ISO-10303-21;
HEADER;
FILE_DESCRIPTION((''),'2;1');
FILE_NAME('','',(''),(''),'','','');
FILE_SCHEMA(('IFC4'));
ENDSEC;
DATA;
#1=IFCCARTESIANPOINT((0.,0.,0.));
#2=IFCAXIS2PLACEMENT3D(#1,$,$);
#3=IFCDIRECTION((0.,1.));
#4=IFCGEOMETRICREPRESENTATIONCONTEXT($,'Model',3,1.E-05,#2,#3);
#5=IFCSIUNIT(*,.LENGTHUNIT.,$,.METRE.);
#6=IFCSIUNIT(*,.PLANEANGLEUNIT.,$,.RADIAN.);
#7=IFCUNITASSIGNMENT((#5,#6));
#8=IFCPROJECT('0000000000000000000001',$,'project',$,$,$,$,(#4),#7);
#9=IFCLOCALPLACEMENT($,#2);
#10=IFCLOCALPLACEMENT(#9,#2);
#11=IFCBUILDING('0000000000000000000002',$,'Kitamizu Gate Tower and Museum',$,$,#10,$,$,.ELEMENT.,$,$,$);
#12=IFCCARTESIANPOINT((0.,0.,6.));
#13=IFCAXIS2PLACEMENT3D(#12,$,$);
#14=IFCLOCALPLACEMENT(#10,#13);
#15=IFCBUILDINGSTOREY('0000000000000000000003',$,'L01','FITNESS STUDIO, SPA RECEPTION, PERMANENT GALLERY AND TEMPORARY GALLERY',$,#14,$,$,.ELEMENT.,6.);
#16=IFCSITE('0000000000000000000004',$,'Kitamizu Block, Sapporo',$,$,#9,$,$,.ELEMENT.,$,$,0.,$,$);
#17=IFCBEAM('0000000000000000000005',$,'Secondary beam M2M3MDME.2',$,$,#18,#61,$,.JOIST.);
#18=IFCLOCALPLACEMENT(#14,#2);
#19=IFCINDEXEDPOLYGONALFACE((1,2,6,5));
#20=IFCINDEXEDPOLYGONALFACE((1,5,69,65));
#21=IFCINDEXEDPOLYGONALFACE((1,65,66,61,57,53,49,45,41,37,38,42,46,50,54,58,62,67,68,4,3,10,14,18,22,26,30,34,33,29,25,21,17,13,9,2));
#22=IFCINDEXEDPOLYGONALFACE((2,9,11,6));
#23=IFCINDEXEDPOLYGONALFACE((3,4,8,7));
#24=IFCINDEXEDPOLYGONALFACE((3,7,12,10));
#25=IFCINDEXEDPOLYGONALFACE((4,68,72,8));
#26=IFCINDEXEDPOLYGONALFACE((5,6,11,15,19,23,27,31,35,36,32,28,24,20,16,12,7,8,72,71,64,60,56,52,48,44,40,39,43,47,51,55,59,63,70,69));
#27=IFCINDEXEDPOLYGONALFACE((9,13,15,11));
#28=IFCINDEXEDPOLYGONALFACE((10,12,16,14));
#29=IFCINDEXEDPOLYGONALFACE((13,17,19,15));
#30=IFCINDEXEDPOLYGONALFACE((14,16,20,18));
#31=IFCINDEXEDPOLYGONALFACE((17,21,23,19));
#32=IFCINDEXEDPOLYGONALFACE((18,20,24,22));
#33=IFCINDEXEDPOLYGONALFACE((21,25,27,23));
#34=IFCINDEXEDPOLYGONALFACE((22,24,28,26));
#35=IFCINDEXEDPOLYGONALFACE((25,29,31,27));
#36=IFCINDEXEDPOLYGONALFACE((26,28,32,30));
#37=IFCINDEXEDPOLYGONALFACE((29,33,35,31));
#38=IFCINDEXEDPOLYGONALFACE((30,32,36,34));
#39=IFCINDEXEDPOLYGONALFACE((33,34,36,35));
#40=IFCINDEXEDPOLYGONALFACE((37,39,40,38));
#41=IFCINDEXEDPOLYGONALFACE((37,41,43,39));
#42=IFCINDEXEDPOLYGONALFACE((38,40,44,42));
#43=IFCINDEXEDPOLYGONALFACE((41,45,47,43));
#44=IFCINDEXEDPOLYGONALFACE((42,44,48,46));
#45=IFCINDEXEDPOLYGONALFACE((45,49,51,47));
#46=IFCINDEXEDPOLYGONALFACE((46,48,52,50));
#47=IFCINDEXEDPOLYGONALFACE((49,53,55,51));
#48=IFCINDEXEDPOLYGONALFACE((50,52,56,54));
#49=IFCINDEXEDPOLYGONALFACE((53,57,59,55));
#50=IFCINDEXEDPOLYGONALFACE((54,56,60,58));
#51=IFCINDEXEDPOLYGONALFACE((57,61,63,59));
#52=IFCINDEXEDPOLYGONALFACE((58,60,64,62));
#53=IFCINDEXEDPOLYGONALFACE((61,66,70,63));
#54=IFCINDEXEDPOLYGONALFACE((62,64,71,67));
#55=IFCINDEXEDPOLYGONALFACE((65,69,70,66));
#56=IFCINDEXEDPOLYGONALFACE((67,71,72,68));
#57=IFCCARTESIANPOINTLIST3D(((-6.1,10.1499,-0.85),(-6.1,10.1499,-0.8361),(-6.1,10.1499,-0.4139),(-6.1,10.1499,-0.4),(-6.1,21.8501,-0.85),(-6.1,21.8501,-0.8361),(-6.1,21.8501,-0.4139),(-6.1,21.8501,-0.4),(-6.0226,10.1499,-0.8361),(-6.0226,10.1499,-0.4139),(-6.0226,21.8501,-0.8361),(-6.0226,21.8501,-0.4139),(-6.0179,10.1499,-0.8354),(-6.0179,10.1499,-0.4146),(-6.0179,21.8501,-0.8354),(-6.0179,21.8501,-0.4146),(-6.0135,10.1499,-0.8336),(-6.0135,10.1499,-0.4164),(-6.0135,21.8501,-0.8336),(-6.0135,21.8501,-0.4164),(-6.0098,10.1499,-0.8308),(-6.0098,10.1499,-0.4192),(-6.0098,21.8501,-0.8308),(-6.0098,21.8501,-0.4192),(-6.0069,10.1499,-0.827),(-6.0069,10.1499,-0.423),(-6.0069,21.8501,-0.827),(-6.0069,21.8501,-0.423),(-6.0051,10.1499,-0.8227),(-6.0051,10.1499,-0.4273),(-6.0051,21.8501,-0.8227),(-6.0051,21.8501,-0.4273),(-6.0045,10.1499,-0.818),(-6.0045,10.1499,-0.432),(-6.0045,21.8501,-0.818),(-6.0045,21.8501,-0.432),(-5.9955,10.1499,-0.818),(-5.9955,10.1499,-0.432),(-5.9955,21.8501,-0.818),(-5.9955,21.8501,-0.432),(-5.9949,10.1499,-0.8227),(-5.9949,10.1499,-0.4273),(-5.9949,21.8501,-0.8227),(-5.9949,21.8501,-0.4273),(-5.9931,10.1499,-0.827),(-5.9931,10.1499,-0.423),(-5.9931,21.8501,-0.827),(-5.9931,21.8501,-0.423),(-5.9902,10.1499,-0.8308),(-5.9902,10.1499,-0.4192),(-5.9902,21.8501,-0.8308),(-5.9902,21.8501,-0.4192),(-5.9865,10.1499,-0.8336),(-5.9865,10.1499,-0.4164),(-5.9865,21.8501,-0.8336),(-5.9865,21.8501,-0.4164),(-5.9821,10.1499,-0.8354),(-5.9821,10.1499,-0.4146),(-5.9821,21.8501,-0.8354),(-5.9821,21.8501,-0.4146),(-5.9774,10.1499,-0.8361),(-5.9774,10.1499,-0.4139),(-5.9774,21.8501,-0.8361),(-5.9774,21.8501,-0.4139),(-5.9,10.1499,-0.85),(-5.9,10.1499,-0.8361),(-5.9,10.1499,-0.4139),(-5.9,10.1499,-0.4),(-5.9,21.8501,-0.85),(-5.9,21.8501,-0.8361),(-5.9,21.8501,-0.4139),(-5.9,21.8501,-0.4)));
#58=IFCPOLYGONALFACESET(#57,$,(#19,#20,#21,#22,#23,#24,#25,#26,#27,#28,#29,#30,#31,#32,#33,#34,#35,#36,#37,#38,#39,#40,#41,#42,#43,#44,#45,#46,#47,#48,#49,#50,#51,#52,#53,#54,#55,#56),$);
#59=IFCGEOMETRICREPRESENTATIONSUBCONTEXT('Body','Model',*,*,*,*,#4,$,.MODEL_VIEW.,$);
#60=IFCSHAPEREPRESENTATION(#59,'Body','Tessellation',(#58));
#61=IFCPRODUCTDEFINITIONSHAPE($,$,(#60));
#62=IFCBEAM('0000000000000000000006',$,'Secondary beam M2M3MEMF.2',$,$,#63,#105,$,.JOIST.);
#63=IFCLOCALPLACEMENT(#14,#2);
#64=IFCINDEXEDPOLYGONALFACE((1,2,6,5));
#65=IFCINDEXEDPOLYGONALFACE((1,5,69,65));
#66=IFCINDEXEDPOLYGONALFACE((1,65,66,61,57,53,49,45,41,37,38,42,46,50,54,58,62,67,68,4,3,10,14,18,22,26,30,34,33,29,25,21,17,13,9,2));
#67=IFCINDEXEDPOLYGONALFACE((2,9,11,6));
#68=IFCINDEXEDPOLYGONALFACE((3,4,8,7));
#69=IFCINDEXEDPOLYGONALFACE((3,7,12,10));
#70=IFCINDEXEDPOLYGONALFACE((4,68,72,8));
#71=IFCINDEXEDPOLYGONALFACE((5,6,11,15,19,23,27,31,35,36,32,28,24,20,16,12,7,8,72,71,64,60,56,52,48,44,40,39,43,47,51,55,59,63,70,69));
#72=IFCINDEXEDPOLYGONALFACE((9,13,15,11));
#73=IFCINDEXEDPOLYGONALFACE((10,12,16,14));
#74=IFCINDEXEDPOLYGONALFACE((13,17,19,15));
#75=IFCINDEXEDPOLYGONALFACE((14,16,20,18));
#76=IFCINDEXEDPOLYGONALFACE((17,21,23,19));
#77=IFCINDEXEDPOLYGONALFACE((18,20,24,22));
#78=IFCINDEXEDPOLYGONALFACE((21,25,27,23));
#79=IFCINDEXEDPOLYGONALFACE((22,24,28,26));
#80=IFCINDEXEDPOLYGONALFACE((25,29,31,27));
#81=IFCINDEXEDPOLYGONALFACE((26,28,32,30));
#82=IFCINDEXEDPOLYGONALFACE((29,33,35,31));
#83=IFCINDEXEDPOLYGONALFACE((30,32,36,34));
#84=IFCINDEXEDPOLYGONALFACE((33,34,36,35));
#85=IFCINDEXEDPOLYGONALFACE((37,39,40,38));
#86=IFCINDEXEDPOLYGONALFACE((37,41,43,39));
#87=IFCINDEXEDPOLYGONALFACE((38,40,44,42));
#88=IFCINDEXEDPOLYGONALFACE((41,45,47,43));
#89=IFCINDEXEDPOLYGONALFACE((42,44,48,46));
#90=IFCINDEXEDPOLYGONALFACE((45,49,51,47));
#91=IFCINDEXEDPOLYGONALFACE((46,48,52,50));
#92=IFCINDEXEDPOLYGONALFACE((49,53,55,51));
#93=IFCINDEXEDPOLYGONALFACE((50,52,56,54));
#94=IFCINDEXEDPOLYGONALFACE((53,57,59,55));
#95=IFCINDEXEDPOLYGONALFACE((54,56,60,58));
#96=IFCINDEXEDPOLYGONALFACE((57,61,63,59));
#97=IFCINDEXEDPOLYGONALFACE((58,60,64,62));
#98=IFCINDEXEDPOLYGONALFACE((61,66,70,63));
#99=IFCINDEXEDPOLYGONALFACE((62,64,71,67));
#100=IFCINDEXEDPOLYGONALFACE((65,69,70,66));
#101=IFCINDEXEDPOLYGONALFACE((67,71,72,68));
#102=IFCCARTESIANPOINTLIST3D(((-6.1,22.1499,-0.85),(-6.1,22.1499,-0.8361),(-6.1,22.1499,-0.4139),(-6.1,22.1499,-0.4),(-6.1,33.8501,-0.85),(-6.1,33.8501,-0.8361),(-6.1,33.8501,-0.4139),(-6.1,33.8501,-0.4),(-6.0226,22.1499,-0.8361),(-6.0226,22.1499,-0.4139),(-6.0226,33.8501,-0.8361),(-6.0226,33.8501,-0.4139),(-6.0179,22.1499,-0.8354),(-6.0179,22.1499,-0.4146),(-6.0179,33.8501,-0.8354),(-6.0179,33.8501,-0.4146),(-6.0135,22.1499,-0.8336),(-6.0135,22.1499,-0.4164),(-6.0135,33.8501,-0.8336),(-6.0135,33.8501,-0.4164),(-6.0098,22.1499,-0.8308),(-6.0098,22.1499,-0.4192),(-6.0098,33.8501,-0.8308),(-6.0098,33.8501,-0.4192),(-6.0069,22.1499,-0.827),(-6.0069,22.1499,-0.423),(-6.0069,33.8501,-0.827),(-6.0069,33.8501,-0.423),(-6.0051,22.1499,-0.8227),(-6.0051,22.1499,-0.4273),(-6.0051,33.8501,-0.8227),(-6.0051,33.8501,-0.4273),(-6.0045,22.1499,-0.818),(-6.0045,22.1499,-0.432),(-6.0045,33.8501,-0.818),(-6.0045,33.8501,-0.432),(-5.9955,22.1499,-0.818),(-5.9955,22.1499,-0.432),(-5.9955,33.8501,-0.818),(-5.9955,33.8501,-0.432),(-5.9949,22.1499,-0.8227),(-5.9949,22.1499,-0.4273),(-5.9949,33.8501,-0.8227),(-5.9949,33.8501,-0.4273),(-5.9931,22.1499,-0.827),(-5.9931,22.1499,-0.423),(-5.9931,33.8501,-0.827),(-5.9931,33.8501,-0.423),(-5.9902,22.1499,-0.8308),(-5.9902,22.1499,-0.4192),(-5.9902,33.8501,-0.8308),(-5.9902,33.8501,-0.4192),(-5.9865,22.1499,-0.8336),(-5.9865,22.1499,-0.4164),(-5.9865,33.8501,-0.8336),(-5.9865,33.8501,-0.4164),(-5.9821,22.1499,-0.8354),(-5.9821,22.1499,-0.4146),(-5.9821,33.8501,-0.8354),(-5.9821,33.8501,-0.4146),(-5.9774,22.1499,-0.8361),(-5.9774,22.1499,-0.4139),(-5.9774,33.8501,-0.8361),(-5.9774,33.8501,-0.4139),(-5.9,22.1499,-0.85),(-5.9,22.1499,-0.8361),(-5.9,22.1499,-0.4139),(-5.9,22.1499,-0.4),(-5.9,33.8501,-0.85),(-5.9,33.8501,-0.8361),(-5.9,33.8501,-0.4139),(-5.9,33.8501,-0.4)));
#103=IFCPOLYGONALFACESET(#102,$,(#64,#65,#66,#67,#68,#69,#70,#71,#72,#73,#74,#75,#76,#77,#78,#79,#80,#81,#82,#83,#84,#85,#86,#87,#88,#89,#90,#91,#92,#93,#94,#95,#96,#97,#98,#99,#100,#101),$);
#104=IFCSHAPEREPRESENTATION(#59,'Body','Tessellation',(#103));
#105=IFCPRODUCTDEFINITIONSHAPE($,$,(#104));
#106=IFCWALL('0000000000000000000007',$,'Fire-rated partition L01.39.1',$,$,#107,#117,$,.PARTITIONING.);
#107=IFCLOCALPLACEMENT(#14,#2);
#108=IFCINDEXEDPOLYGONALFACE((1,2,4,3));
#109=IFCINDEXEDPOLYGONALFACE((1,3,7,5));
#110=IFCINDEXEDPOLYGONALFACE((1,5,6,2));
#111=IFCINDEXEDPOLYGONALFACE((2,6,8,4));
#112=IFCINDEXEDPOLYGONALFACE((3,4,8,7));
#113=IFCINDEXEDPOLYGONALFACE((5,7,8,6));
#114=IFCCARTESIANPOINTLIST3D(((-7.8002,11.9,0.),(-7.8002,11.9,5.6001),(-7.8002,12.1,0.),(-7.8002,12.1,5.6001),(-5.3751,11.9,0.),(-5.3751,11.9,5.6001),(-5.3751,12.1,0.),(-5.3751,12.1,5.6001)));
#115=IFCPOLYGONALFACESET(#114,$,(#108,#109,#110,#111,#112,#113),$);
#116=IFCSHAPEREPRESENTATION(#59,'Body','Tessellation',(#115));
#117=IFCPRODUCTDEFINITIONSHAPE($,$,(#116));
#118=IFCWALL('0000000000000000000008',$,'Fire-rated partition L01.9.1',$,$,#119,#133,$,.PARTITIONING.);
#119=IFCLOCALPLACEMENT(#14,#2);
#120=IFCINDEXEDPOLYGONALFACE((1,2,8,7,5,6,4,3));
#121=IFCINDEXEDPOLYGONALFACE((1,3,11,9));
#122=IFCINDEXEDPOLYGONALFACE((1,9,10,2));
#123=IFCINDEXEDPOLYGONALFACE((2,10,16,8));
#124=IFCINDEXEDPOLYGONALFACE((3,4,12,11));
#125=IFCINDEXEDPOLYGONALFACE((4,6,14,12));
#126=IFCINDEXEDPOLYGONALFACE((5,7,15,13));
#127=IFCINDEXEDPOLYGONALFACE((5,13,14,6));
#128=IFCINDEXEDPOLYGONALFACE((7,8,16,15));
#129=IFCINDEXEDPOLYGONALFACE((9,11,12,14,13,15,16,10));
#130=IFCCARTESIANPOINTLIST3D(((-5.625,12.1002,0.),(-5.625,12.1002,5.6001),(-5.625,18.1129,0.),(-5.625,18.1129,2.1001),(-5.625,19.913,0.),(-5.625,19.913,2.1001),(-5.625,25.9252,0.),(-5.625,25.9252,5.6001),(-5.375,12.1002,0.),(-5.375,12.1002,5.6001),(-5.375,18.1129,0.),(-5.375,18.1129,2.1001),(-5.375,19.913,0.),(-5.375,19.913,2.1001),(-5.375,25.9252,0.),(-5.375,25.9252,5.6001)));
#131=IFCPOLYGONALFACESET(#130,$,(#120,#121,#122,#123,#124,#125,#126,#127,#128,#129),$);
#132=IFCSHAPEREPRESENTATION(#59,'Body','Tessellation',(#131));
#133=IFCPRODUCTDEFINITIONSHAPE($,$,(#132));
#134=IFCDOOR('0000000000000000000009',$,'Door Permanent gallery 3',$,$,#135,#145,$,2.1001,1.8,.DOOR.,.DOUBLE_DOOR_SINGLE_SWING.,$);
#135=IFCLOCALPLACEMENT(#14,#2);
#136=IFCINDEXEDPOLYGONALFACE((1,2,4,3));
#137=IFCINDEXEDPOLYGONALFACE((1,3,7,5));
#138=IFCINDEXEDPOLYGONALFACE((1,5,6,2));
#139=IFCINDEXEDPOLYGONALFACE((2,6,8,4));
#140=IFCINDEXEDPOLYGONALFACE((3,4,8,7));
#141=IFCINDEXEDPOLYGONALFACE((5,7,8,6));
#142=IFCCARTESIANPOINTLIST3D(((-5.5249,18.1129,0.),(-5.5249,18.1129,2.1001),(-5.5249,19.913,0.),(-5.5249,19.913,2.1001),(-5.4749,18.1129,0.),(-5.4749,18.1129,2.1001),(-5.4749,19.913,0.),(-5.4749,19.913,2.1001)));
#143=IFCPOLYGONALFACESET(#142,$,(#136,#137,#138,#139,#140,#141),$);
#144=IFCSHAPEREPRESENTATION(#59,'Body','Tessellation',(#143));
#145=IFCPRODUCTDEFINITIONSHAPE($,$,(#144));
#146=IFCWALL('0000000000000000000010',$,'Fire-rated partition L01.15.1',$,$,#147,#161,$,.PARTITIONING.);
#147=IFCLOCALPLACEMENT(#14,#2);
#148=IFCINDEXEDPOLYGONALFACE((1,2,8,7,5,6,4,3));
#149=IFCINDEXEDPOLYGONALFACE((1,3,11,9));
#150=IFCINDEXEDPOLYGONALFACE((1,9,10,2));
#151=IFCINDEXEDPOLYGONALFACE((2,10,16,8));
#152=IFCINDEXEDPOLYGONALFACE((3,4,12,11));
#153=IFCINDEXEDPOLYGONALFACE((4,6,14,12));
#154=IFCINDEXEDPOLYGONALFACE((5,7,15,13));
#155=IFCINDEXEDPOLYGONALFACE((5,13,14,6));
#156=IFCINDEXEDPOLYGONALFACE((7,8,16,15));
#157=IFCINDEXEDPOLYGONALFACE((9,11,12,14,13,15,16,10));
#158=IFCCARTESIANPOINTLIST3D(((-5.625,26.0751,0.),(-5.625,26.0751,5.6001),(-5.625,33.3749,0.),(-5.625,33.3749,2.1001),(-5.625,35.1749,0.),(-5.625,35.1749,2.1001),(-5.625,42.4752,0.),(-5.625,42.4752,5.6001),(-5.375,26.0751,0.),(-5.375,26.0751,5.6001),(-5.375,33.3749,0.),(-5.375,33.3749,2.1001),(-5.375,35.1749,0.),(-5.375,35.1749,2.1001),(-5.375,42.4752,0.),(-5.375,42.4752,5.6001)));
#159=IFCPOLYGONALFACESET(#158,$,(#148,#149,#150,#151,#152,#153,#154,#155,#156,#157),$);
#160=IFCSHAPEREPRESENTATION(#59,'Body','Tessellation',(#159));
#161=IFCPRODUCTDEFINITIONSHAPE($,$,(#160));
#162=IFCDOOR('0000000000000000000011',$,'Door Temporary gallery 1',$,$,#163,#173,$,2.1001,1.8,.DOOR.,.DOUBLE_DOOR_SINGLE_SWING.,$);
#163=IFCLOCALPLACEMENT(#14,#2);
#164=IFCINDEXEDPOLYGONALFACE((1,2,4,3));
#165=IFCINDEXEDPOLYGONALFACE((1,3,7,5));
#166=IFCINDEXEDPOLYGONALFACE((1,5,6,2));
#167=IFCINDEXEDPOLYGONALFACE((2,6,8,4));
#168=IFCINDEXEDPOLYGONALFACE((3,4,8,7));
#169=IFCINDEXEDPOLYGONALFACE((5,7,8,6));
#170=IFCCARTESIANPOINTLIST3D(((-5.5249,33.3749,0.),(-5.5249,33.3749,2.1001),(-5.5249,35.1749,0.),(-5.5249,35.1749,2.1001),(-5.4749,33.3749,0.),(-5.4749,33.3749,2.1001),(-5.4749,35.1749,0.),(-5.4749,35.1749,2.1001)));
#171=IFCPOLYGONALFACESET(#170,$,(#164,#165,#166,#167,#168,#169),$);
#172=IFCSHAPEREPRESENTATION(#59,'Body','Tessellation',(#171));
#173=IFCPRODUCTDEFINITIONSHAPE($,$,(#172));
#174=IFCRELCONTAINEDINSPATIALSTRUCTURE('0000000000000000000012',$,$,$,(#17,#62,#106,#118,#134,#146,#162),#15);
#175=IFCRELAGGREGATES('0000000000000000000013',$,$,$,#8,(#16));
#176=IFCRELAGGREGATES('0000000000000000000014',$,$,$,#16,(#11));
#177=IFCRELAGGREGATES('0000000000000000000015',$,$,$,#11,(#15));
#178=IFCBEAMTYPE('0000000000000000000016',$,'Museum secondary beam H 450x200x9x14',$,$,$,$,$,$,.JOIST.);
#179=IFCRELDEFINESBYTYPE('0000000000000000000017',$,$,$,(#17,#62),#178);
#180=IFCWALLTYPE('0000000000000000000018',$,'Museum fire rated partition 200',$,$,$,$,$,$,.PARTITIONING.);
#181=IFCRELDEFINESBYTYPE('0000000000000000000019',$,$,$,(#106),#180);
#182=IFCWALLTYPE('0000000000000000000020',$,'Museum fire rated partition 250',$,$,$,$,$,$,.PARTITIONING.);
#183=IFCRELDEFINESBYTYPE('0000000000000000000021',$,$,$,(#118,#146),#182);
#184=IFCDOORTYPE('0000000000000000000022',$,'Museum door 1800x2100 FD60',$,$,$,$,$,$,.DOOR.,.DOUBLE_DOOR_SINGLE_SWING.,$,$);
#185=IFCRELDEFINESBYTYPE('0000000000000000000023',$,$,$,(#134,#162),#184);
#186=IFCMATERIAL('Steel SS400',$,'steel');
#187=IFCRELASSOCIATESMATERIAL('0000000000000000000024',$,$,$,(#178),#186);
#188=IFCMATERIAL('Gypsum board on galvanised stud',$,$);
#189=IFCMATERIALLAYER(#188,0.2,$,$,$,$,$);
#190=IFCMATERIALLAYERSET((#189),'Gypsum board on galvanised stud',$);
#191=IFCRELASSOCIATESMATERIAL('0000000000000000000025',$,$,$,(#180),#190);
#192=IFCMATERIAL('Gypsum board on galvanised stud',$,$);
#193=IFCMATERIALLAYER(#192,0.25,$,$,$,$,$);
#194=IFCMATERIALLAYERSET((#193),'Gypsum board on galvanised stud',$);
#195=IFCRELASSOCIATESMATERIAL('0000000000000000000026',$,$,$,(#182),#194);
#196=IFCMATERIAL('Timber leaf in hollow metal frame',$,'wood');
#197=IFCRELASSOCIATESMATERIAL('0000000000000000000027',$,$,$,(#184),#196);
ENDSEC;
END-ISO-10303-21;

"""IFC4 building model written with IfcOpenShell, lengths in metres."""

from ifc_helpers import new_model, si_unit, direction, frame, frame_2d, origin, origin_2d, place, context, subcontext, project, spatial, rectangle, i_section, extrude, material, layer, layer_set, material_profile, profile_set, type_object, element, fill, save


model = new_model("IFC4")

# Units and contexts
model_context = context("Model", 3, precision=1e-05, world=origin(), true_north=direction((0.0, 1.0)))
body_context = subcontext(model_context, "Body", "Model", "MODEL_VIEW")
ifc_project = project(units=[si_unit("LENGTHUNIT", "METRE"), si_unit("PLANEANGLEUNIT", "RADIAN")], contexts=[model_context])

# Site, building, storey
site_placement = place(None, origin())
site = spatial("IfcSite", under=ifc_project, at=site_placement, Name="Kitamizu Block, Sapporo", CompositionType="ELEMENT", RefElevation=0.0)
building_placement = place(site_placement, origin())
building = spatial("IfcBuilding", under=site, at=building_placement, Name="Kitamizu Gate Tower and Museum", CompositionType="ELEMENT")
storey_placement = place(building_placement, frame((0.0, 0.0, 6.0)))
storey = spatial("IfcBuildingStorey", under=building, at=storey_placement, Name="L01", Description="FITNESS STUDIO, SPA RECEPTION, PERMANENT GALLERY AND TEMPORARY GALLERY", CompositionType="ELEMENT", Elevation=6.0)

# Beams
ifc_material_1 = material(Name="Steel SS400", Category="steel")
ifc_material_profile_1 = material_profile(ifc_material_1, i_section(OverallWidth=0.2, OverallDepth=0.45, WebThickness=0.009, FlangeThickness=0.0139, FilletRadius=0.0181, at=origin_2d()), Name="H-450x200x9x14")
ifc_profile_set_1 = profile_set([ifc_material_profile_1], Name="Steel SS400")
beam_type_1 = type_object("IfcBeamType", Name="Museum secondary beam H 450x200x9x14", PredefinedType="JOIST", material=ifc_profile_set_1)
for number, where, z_axis, x_axis, name in (
    (1, (-6.0, 10.1499, -0.625), (0.0, 1.0, 0.0), (-1.0, 0.0, 0.0), "Secondary beam M2M3MDME.2"),
    (2, (-6.0, 22.1499, -0.625), (0.0, 1.0, 0.0), (-1.0, 0.0, 0.0), "Secondary beam M2M3MEMF.2"),
):
    element("IfcBeam", number, at=place(storey_placement, frame(where, z_axis=z_axis, x_axis=x_axis)), inside=storey, type_object=beam_type_1, Name=name, PredefinedType="JOIST", context=body_context, shape_type="SweptSolid", body=[
        extrude(i_section(OverallWidth=0.2, OverallDepth=0.45, WebThickness=0.009, FlangeThickness=0.0139, FilletRadius=0.0181, at=origin_2d()), origin(), (0.0, 0.0, 1.0), 11.7002),
    ])

# Wall
ifc_material_2 = material(Name="Gypsum board on galvanised stud")
ifc_layer_1 = layer(ifc_material_2, 0.2)
ifc_layer_set_1 = layer_set([ifc_layer_1], Name="Gypsum board on galvanised stud")
wall_type_1 = type_object("IfcWallType", Name="Museum fire rated partition 200", PredefinedType="PARTITIONING", material=ifc_layer_set_1)
wall_1_placement = place(storey_placement, frame((-7.8, 12.0, 0.0), z_axis=(0.0, 0.0, 1.0), x_axis=(1.0, 0.0, 0.0)))
element("IfcWall", 3, at=wall_1_placement, inside=storey, type_object=wall_type_1, Name="Fire-rated partition L01.39.1", PredefinedType="PARTITIONING", context=body_context, shape_type="SweptSolid", body=[
    extrude(rectangle(XDim=2.425, YDim=0.2, at=frame_2d((1.2124, 0.0))), origin(), (0.0, 0.0, 1.0), 5.6001),
])

# Walls, openings, doors
ifc_material_3 = material(Name="Gypsum board on galvanised stud")
ifc_layer_2 = layer(ifc_material_3, 0.25)
ifc_layer_set_2 = layer_set([ifc_layer_2], Name="Gypsum board on galvanised stud")
wall_type_2 = type_object("IfcWallType", Name="Museum fire rated partition 250", PredefinedType="PARTITIONING", material=ifc_layer_set_2)
wall_2_placement = place(storey_placement, frame((-5.5, 12.1001, 0.0), z_axis=(0.0, 0.0, 1.0), x_axis=(0.0, 1.0, 0.0)))
wall_2 = element("IfcWall", 4, at=wall_2_placement, inside=storey, type_object=wall_type_2, Name="Fire-rated partition L01.9.1", PredefinedType="PARTITIONING", context=body_context, shape_type="SweptSolid", body=[
    extrude(rectangle(XDim=13.825, YDim=0.25, at=frame_2d((6.9126, 0.0))), origin(), (0.0, 0.0, 1.0), 5.6001),
])
opening_1_placement = place(wall_2_placement, frame((6.0129, 0.0, 0.0)))
opening_1 = element("IfcOpeningElement", 5, at=opening_1_placement, cuts=wall_2, PredefinedType="OPENING", context=body_context, shape_type="SweptSolid", body=[
    extrude(rectangle(XDim=1.8, YDim=2.1001, at=frame_2d((0.8999, 1.05))), frame((0.0, 0.135, 0.0), z_axis=(0.0, -1.0, 0.0), x_axis=(1.0, 0.0, 0.0)), (0.0, 0.0, 1.0), 0.27),
])
ifc_material_4 = material(Name="Timber leaf in hollow metal frame", Category="wood")
door_type_1 = type_object("IfcDoorType", Name="Museum door 1800x2100 FD60", OperationType="DOUBLE_DOOR_SINGLE_SWING", PredefinedType="DOOR", material=ifc_material_4)
door_1_placement = place(opening_1_placement, origin())
door_1 = element("IfcDoor", 6, at=door_1_placement, inside=storey, type_object=door_type_1, Name="Door Permanent gallery 3", OperationType="DOUBLE_DOOR_SINGLE_SWING", OverallHeight=2.1001, OverallWidth=1.8, PredefinedType="DOOR", context=body_context, shape_type="SweptSolid", body=[
    extrude(rectangle(XDim=1.8, YDim=2.1001, at=frame_2d((0.8999, 1.05))), frame((0.0, 0.0249, 0.0), z_axis=(0.0, -1.0, 0.0), x_axis=(1.0, 0.0, 0.0)), (0.0, 0.0, 1.0), 0.05),
])
fill(opening_1, door_1)
wall_3_placement = place(storey_placement, frame((-5.5, 26.075, 0.0), z_axis=(0.0, 0.0, 1.0), x_axis=(0.0, 1.0, 0.0)))
wall_3 = element("IfcWall", 7, at=wall_3_placement, inside=storey, type_object=wall_type_2, Name="Fire-rated partition L01.15.1", PredefinedType="PARTITIONING", context=body_context, shape_type="SweptSolid", body=[
    extrude(rectangle(XDim=16.4001, YDim=0.25, at=frame_2d((8.2002, 0.0))), origin(), (0.0, 0.0, 1.0), 5.6001),
])
opening_2_placement = place(wall_3_placement, frame((7.3, 0.0, 0.0)))
opening_2 = element("IfcOpeningElement", 8, at=opening_2_placement, cuts=wall_3, PredefinedType="OPENING", context=body_context, shape_type="SweptSolid", body=[
    extrude(rectangle(XDim=1.8, YDim=2.1001, at=frame_2d((0.8999, 1.05))), frame((0.0, 0.135, 0.0), z_axis=(0.0, -1.0, 0.0), x_axis=(1.0, 0.0, 0.0)), (0.0, 0.0, 1.0), 0.27),
])
door_2_placement = place(opening_2_placement, origin())
door_2 = element("IfcDoor", 9, at=door_2_placement, inside=storey, type_object=door_type_1, Name="Door Temporary gallery 1", OperationType="DOUBLE_DOOR_SINGLE_SWING", OverallHeight=2.1001, OverallWidth=1.8, PredefinedType="DOOR", context=body_context, shape_type="SweptSolid", body=[
    extrude(rectangle(XDim=1.8, YDim=2.1001, at=frame_2d((0.8999, 1.05))), frame((0.0, 0.0249, 0.0), z_axis=(0.0, -1.0, 0.0), x_axis=(1.0, 0.0, 0.0)), (0.0, 0.0, 1.0), 0.05),
])
fill(opening_2, door_2)

save(model, "model.ifc")
